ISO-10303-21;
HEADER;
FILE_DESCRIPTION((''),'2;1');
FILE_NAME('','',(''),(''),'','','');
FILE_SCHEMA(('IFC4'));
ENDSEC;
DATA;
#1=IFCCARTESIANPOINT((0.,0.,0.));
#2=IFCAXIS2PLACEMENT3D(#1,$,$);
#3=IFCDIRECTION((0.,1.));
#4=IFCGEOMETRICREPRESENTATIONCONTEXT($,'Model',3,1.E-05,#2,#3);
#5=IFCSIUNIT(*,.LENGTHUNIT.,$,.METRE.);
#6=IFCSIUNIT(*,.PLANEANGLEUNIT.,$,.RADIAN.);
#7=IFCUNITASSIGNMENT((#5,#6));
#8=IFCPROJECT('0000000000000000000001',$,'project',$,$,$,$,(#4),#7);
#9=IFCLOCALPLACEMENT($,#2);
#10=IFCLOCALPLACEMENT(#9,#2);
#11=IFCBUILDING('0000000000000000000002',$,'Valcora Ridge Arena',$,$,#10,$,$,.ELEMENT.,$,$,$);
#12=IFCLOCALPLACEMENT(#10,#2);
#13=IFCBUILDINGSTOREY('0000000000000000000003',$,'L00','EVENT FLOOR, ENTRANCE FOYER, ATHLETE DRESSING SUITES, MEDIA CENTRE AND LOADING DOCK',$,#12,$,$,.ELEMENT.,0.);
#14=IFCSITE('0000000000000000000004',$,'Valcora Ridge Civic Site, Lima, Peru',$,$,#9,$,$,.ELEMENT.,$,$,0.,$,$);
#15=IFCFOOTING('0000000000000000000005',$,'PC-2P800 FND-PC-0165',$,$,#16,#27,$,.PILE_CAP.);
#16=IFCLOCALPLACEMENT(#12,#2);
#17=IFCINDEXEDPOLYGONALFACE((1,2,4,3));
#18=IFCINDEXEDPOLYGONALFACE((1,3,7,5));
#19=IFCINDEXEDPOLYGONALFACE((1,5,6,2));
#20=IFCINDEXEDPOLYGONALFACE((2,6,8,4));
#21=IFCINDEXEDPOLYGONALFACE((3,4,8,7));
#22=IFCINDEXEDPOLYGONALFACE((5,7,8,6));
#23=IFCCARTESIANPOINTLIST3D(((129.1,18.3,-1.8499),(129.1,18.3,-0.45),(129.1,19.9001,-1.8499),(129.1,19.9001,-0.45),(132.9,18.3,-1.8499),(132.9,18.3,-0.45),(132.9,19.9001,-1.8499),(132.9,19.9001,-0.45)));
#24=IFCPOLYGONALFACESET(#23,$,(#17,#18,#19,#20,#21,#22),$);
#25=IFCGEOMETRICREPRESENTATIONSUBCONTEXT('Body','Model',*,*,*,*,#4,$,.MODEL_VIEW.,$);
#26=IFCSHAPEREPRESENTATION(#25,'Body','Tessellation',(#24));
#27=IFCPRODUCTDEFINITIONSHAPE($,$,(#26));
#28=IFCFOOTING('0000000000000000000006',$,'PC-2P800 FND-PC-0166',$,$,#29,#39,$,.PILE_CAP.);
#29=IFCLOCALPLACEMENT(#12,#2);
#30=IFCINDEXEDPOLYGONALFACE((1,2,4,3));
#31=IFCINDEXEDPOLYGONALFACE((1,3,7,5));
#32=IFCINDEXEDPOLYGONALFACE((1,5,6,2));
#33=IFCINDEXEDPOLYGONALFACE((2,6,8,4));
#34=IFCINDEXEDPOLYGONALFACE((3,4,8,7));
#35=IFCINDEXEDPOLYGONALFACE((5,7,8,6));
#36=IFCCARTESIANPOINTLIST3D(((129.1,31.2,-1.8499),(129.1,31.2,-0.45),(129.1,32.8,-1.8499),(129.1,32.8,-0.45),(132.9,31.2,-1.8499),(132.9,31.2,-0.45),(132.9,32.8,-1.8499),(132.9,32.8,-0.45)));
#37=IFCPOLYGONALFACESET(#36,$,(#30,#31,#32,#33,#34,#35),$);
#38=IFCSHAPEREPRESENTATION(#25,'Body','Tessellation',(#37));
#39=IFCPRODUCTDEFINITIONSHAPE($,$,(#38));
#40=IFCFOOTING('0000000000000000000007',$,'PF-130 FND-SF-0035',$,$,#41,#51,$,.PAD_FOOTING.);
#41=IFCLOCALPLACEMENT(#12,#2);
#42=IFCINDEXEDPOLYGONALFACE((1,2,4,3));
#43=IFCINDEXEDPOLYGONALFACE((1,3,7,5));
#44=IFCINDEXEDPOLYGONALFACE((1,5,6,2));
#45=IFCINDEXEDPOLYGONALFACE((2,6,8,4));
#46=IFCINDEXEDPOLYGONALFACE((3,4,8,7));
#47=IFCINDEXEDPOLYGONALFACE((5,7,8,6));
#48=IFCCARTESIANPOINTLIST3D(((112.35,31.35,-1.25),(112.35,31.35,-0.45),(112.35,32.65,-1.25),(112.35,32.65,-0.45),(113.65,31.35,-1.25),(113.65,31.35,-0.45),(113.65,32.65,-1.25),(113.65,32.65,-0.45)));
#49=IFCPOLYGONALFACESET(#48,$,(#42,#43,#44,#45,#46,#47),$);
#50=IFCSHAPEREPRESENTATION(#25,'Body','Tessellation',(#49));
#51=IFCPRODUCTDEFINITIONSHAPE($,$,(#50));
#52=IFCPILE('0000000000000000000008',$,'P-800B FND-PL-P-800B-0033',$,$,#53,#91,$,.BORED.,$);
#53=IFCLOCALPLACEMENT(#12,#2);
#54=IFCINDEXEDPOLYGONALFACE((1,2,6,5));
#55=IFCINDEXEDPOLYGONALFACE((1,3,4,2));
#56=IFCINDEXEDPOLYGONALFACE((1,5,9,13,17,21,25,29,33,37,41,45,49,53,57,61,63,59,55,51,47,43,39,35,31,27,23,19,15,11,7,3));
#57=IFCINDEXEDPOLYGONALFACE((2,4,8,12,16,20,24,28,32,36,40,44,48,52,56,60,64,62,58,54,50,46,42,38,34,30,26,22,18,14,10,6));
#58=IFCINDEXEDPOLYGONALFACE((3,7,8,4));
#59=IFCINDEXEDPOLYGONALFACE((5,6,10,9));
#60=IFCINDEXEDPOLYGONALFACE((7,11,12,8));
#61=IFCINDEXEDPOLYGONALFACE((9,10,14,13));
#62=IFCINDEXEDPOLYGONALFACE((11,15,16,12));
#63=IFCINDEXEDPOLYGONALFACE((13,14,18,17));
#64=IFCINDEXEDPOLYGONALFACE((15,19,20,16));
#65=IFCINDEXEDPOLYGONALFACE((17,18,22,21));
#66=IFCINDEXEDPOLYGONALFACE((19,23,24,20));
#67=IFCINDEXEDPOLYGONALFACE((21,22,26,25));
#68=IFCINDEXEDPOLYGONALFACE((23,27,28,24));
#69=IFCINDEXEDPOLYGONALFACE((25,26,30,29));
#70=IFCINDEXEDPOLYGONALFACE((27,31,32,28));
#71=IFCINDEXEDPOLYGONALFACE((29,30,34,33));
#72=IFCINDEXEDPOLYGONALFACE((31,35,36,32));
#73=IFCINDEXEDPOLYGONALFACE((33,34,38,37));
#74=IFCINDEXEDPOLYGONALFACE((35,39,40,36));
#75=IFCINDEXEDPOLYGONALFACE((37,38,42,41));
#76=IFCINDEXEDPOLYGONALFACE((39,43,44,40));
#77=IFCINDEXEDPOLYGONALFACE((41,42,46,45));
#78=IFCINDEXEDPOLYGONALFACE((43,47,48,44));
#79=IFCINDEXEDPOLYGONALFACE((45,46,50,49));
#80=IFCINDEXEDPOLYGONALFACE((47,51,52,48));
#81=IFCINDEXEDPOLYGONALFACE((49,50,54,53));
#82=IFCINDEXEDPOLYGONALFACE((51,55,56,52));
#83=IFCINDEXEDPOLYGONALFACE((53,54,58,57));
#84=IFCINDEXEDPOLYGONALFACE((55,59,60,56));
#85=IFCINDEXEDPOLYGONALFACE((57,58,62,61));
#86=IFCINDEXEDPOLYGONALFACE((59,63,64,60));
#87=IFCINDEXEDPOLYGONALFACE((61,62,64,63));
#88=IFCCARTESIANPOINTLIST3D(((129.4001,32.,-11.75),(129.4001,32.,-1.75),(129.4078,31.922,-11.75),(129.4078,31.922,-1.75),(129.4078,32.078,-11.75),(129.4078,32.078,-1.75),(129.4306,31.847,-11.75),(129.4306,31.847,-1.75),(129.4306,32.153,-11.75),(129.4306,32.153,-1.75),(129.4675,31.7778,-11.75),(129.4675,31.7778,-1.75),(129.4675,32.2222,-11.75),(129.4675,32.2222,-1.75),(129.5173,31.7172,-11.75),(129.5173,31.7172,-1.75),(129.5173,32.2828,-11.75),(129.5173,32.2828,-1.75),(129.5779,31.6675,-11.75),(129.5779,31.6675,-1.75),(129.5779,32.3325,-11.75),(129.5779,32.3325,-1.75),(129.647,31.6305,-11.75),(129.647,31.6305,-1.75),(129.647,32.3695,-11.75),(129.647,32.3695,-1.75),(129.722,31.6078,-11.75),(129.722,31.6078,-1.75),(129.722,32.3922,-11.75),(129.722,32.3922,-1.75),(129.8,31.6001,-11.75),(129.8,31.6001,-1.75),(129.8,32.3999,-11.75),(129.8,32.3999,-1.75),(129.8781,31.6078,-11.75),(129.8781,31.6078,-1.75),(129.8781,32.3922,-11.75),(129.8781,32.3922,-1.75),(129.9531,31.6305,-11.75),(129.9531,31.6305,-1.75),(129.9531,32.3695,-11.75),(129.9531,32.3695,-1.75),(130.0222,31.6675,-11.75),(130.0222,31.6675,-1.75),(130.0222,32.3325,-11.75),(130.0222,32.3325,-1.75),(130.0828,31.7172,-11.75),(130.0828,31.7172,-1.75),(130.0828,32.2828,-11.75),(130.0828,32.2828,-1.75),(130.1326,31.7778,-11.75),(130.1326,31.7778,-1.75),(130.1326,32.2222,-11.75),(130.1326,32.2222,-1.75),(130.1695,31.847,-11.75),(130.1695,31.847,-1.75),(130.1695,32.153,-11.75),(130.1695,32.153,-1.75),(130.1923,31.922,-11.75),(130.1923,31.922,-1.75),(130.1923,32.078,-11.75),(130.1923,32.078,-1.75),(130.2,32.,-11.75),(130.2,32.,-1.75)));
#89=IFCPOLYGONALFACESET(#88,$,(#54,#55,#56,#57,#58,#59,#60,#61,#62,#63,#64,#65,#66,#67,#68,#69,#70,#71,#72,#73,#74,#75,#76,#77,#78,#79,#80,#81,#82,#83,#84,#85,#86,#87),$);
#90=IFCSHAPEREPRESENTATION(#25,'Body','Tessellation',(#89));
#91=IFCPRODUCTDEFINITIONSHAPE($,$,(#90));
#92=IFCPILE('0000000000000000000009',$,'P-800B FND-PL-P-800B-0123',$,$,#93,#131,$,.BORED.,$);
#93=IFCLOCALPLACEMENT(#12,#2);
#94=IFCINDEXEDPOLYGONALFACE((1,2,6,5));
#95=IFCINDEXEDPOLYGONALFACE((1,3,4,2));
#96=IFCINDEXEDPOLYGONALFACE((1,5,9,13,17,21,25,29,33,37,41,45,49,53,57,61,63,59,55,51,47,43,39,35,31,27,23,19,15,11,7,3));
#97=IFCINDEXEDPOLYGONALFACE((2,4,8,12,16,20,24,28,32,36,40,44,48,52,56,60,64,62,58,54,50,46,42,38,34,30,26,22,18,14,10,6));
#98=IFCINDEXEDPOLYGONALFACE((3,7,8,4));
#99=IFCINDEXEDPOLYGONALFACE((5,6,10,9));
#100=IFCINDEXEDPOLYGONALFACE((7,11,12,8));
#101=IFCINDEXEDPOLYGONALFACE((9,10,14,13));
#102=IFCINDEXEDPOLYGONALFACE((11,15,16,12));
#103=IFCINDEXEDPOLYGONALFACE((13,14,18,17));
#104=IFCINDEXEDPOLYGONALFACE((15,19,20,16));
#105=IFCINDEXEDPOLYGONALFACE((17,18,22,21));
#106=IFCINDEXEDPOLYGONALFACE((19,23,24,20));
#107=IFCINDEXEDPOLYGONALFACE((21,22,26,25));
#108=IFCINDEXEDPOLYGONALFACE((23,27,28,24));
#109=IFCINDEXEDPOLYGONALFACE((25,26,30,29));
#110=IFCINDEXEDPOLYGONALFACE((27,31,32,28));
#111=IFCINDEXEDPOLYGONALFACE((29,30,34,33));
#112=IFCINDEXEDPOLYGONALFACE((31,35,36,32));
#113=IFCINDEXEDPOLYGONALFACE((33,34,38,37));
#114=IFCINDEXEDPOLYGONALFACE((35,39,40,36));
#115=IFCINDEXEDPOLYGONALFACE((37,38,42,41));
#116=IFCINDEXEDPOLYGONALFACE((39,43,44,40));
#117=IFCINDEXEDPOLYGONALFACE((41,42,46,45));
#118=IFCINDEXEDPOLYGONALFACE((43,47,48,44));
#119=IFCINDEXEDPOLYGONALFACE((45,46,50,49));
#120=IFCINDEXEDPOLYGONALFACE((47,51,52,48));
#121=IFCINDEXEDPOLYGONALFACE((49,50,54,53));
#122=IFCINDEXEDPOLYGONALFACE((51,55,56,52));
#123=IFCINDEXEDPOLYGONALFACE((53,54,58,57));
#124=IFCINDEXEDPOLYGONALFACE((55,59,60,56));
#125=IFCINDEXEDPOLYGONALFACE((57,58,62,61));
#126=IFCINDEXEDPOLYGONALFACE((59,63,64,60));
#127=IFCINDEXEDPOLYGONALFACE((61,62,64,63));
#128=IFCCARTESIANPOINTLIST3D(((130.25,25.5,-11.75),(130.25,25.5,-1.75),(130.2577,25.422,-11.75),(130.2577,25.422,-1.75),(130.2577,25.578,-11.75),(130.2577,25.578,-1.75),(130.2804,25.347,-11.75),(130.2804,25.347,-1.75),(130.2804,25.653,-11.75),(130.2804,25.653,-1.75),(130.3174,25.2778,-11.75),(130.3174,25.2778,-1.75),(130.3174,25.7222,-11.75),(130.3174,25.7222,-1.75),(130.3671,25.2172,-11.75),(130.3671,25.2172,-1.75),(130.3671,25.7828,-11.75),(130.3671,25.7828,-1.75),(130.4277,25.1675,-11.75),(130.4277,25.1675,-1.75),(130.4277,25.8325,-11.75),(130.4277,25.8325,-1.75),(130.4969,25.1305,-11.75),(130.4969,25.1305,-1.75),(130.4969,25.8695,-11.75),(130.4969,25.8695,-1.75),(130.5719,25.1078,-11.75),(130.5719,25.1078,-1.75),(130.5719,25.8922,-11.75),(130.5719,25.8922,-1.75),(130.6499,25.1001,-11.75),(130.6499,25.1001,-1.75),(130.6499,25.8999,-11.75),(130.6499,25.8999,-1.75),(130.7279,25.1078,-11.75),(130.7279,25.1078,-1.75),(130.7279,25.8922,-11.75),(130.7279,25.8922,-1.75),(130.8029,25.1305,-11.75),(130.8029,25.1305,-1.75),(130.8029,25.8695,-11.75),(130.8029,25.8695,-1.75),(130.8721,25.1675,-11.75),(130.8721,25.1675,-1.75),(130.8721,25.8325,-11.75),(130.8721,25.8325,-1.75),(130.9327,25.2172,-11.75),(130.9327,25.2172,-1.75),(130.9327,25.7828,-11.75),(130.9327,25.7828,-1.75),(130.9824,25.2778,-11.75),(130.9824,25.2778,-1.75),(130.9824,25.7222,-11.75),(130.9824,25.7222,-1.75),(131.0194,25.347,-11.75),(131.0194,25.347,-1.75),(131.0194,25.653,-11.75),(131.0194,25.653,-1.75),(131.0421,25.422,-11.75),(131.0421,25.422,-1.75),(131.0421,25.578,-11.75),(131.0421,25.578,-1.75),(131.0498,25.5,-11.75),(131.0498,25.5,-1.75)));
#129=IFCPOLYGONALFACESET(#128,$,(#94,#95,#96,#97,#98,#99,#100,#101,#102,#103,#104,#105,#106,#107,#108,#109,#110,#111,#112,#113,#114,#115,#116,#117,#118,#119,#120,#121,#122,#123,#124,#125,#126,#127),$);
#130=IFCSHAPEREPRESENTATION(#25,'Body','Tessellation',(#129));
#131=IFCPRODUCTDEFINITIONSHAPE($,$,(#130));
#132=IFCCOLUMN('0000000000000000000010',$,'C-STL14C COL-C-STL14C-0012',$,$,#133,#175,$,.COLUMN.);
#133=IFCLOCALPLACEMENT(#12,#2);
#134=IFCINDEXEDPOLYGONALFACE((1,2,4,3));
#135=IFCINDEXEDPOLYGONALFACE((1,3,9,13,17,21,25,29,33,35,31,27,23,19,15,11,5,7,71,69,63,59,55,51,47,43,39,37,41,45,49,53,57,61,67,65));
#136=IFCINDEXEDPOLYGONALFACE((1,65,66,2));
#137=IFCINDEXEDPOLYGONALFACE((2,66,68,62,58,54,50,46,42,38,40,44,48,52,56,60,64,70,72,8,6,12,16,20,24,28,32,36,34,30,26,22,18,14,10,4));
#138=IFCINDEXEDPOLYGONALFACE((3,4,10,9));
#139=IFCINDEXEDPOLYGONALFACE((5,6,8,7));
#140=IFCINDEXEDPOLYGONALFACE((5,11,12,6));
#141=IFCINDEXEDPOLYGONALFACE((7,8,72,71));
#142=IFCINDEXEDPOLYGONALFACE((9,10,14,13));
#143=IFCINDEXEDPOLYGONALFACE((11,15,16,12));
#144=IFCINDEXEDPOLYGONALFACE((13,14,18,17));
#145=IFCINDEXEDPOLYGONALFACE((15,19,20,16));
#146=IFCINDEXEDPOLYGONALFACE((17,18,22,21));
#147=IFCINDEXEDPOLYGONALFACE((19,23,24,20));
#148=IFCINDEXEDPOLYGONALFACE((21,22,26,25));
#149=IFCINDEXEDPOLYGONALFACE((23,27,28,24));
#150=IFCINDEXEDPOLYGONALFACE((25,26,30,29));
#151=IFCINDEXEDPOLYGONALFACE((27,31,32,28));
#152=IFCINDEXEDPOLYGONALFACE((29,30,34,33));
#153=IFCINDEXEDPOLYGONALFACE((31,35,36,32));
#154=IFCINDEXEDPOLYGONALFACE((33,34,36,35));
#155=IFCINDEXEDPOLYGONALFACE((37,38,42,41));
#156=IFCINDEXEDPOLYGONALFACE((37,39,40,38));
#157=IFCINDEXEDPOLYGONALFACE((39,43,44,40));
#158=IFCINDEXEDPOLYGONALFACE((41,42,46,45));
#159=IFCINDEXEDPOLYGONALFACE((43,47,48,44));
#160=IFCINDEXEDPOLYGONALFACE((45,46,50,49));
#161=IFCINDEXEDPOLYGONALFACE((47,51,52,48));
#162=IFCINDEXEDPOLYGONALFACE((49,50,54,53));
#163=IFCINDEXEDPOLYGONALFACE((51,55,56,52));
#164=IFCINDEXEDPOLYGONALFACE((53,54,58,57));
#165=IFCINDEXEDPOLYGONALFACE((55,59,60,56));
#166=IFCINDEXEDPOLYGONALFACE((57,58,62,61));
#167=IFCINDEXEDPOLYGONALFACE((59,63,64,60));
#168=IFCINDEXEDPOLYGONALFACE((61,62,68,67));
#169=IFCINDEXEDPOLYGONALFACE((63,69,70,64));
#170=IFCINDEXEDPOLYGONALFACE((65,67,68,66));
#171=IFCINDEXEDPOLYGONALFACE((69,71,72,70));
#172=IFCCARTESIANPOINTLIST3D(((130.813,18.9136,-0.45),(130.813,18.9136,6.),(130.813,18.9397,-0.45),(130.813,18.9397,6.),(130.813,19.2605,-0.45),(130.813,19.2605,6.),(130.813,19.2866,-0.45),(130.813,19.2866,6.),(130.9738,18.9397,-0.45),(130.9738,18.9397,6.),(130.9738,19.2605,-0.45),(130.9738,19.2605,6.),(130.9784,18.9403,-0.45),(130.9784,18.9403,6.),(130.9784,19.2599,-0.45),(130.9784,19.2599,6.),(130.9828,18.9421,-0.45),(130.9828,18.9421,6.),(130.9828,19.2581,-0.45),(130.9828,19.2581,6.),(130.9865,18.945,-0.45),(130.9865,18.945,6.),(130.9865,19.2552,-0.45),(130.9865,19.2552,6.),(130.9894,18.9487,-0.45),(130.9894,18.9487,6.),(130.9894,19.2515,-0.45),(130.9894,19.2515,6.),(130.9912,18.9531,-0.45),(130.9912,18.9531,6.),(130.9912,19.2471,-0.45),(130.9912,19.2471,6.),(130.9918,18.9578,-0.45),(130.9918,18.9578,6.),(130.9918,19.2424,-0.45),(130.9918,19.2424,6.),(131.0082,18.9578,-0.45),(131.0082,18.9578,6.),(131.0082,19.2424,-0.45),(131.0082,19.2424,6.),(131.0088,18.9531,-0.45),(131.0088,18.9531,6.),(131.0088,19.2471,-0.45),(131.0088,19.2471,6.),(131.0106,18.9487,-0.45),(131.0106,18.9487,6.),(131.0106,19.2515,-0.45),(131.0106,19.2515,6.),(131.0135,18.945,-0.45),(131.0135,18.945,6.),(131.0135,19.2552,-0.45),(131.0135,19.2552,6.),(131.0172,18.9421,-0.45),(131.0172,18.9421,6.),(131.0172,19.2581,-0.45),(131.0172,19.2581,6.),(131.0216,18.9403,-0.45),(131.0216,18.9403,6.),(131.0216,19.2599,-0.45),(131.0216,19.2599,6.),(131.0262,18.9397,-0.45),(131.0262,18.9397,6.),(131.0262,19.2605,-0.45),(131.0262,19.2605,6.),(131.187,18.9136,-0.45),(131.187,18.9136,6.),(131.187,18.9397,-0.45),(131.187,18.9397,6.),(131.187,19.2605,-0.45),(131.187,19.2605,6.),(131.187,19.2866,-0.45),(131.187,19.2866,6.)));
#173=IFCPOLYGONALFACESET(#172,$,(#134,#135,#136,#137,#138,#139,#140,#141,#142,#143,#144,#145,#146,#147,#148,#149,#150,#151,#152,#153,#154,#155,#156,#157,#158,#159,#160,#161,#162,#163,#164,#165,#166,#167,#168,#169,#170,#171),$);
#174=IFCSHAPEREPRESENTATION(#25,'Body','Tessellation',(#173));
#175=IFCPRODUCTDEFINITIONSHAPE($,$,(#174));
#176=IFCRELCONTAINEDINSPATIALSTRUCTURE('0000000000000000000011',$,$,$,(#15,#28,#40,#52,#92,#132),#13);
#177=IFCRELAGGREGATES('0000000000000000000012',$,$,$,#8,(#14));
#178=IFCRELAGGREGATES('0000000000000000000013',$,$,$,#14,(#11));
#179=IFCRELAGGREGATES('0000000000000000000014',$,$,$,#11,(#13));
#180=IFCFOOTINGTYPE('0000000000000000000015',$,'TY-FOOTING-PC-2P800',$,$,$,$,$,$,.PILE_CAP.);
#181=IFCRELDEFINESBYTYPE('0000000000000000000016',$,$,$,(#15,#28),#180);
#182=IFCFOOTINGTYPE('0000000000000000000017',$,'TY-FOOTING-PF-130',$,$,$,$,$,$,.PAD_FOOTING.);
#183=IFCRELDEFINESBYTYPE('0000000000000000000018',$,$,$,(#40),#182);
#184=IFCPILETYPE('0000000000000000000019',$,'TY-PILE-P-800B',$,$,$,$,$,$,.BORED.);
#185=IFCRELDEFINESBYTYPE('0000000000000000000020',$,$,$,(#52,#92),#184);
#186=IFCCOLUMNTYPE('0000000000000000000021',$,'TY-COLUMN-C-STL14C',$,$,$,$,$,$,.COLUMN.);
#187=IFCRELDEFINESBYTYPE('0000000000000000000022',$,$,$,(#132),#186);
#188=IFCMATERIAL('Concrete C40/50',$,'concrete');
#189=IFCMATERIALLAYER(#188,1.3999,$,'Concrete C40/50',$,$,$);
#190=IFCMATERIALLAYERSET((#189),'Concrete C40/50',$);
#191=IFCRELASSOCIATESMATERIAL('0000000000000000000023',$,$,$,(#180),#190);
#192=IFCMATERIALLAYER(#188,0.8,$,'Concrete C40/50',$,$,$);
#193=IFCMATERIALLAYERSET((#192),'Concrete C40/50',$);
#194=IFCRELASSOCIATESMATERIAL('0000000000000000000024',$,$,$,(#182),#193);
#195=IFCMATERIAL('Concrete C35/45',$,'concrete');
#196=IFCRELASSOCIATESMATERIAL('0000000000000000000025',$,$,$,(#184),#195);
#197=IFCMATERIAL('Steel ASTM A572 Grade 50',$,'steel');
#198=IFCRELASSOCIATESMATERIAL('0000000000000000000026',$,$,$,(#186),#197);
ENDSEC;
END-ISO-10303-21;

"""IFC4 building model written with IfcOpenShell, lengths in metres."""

from ifc_helpers import new_model, si_unit, direction, frame, origin, origin_2d, place, context, subcontext, project, spatial, rectangle, circle, i_section, extrude, material, layer, layer_set, material_profile, profile_set, type_object, element, save


model = new_model("IFC4")

# Units and contexts
model_context = context("Model", 3, precision=1e-05, world=origin(), true_north=direction((0.0, 1.0)))
body_context = subcontext(model_context, "Body", "Model", "MODEL_VIEW")
ifc_project = project(units=[si_unit("LENGTHUNIT", "METRE"), si_unit("PLANEANGLEUNIT", "RADIAN")], contexts=[model_context])

# Site, building, storey
site_placement = place(None, origin())
site = spatial("IfcSite", under=ifc_project, at=site_placement, Name="Valcora Ridge Civic Site, Lima, Peru", CompositionType="ELEMENT", RefElevation=0.0)
building_placement = place(site_placement, origin())
building = spatial("IfcBuilding", under=site, at=building_placement, Name="Valcora Ridge Arena", CompositionType="ELEMENT")
storey_placement = place(building_placement, origin())
storey = spatial("IfcBuildingStorey", under=building, at=storey_placement, Name="L00", Description="EVENT FLOOR, ENTRANCE FOYER, ATHLETE DRESSING SUITES, MEDIA CENTRE AND LOADING DOCK", CompositionType="ELEMENT", Elevation=0.0)

# Footings
ifc_material_1 = material(Name="Concrete C40/50", Category="concrete")
ifc_layer_1 = layer(ifc_material_1, 1.3999, Name="Concrete C40/50")
ifc_layer_set_1 = layer_set([ifc_layer_1], Name="Concrete C40/50")
footing_type_1 = type_object("IfcFootingType", Name="TY-FOOTING-PC-2P800", PredefinedType="PILE_CAP", material=ifc_layer_set_1)
for number, where, z_axis, x_axis, name in (
    (1, (131.0, 19.1001, -1.8499), (0.0, 0.0, 1.0), (1.0, 0.0, 0.0), "PC-2P800 FND-PC-0165"),
    (2, (131.0, 32.0, -1.8499), (0.0, 0.0, 1.0), (1.0, 0.0, 0.0), "PC-2P800 FND-PC-0166"),
):
    element("IfcFooting", number, at=place(storey_placement, frame(where, z_axis=z_axis, x_axis=x_axis)), inside=storey, type_object=footing_type_1, Name=name, PredefinedType="PILE_CAP", context=body_context, shape_type="SweptSolid", body=[
        extrude(rectangle(XDim=3.8, YDim=1.6001, at=origin_2d()), origin(), (0.0, 0.0, 1.0), 1.3999),
    ])
ifc_layer_2 = layer(ifc_material_1, 0.8, Name="Concrete C40/50")
ifc_layer_set_2 = layer_set([ifc_layer_2], Name="Concrete C40/50")
footing_type_2 = type_object("IfcFootingType", Name="TY-FOOTING-PF-130", PredefinedType="PAD_FOOTING", material=ifc_layer_set_2)
footing_placement = place(storey_placement, frame((113.0, 32.0, -1.25), z_axis=(0.0, 0.0, 1.0), x_axis=(1.0, 0.0, 0.0)))
element("IfcFooting", 3, at=footing_placement, inside=storey, type_object=footing_type_2, Name="PF-130 FND-SF-0035", PredefinedType="PAD_FOOTING", context=body_context, shape_type="SweptSolid", body=[
    extrude(rectangle(XDim=1.3, YDim=1.3, at=origin_2d()), origin(), (0.0, 0.0, 1.0), 0.8),
])

# Piles
ifc_material_2 = material(Name="Concrete C35/45", Category="concrete")
ifc_material_profile_1 = material_profile(ifc_material_2, circle(Radius=0.3999, at=origin_2d()), Name="BORED PILE D800")
ifc_profile_set_1 = profile_set([ifc_material_profile_1], Name="Concrete C35/45")
pile_type = type_object("IfcPileType", Name="TY-PILE-P-800B", PredefinedType="BORED", material=ifc_profile_set_1)
for number, where, z_axis, x_axis, name in (
    (4, (129.8, 32.0, -1.75), (0.0, 0.0, -1.0), (1.0, 0.0, 0.0), "P-800B FND-PL-P-800B-0033"),
    (5, (130.6499, 25.5, -1.75), (0.0, 0.0, -1.0), (1.0, 0.0, 0.0), "P-800B FND-PL-P-800B-0123"),
):
    element("IfcPile", number, at=place(storey_placement, frame(where, z_axis=z_axis, x_axis=x_axis)), inside=storey, type_object=pile_type, Name=name, PredefinedType="BORED", context=body_context, shape_type="SweptSolid", body=[
        extrude(circle(Radius=0.3999, at=origin_2d()), origin(), (0.0, 0.0, 1.0), 10.0),
    ])

# Column
ifc_material_3 = material(Name="Steel ASTM A572 Grade 50", Category="steel")
ifc_material_profile_2 = material_profile(ifc_material_3, i_section(OverallWidth=0.374, OverallDepth=0.373, WebThickness=0.0164, FlangeThickness=0.0261, FilletRadius=0.0181, at=origin_2d()), Name="W14X132")
ifc_profile_set_2 = profile_set([ifc_material_profile_2], Name="Steel ASTM A572 Grade 50")
column_type = type_object("IfcColumnType", Name="TY-COLUMN-C-STL14C", PredefinedType="COLUMN", material=ifc_profile_set_2)
for number, where, z_axis, x_axis, name in (
    (6, (131.0, 19.1001, -0.45), (0.0, 0.0, 1.0), (1.0, 0.0, 0.0), "C-STL14C COL-C-STL14C-0012"),
):
    element("IfcColumn", number, at=place(storey_placement, frame(where, z_axis=z_axis, x_axis=x_axis)), inside=storey, type_object=column_type, Name=name, PredefinedType="COLUMN", context=body_context, shape_type="SweptSolid", body=[
        extrude(i_section(OverallWidth=0.374, OverallDepth=0.373, WebThickness=0.0164, FlangeThickness=0.0261, FilletRadius=0.0181, at=origin_2d()), origin(), (0.0, 0.0, 1.0), 6.45),
    ])

save(model, "model.ifc")
